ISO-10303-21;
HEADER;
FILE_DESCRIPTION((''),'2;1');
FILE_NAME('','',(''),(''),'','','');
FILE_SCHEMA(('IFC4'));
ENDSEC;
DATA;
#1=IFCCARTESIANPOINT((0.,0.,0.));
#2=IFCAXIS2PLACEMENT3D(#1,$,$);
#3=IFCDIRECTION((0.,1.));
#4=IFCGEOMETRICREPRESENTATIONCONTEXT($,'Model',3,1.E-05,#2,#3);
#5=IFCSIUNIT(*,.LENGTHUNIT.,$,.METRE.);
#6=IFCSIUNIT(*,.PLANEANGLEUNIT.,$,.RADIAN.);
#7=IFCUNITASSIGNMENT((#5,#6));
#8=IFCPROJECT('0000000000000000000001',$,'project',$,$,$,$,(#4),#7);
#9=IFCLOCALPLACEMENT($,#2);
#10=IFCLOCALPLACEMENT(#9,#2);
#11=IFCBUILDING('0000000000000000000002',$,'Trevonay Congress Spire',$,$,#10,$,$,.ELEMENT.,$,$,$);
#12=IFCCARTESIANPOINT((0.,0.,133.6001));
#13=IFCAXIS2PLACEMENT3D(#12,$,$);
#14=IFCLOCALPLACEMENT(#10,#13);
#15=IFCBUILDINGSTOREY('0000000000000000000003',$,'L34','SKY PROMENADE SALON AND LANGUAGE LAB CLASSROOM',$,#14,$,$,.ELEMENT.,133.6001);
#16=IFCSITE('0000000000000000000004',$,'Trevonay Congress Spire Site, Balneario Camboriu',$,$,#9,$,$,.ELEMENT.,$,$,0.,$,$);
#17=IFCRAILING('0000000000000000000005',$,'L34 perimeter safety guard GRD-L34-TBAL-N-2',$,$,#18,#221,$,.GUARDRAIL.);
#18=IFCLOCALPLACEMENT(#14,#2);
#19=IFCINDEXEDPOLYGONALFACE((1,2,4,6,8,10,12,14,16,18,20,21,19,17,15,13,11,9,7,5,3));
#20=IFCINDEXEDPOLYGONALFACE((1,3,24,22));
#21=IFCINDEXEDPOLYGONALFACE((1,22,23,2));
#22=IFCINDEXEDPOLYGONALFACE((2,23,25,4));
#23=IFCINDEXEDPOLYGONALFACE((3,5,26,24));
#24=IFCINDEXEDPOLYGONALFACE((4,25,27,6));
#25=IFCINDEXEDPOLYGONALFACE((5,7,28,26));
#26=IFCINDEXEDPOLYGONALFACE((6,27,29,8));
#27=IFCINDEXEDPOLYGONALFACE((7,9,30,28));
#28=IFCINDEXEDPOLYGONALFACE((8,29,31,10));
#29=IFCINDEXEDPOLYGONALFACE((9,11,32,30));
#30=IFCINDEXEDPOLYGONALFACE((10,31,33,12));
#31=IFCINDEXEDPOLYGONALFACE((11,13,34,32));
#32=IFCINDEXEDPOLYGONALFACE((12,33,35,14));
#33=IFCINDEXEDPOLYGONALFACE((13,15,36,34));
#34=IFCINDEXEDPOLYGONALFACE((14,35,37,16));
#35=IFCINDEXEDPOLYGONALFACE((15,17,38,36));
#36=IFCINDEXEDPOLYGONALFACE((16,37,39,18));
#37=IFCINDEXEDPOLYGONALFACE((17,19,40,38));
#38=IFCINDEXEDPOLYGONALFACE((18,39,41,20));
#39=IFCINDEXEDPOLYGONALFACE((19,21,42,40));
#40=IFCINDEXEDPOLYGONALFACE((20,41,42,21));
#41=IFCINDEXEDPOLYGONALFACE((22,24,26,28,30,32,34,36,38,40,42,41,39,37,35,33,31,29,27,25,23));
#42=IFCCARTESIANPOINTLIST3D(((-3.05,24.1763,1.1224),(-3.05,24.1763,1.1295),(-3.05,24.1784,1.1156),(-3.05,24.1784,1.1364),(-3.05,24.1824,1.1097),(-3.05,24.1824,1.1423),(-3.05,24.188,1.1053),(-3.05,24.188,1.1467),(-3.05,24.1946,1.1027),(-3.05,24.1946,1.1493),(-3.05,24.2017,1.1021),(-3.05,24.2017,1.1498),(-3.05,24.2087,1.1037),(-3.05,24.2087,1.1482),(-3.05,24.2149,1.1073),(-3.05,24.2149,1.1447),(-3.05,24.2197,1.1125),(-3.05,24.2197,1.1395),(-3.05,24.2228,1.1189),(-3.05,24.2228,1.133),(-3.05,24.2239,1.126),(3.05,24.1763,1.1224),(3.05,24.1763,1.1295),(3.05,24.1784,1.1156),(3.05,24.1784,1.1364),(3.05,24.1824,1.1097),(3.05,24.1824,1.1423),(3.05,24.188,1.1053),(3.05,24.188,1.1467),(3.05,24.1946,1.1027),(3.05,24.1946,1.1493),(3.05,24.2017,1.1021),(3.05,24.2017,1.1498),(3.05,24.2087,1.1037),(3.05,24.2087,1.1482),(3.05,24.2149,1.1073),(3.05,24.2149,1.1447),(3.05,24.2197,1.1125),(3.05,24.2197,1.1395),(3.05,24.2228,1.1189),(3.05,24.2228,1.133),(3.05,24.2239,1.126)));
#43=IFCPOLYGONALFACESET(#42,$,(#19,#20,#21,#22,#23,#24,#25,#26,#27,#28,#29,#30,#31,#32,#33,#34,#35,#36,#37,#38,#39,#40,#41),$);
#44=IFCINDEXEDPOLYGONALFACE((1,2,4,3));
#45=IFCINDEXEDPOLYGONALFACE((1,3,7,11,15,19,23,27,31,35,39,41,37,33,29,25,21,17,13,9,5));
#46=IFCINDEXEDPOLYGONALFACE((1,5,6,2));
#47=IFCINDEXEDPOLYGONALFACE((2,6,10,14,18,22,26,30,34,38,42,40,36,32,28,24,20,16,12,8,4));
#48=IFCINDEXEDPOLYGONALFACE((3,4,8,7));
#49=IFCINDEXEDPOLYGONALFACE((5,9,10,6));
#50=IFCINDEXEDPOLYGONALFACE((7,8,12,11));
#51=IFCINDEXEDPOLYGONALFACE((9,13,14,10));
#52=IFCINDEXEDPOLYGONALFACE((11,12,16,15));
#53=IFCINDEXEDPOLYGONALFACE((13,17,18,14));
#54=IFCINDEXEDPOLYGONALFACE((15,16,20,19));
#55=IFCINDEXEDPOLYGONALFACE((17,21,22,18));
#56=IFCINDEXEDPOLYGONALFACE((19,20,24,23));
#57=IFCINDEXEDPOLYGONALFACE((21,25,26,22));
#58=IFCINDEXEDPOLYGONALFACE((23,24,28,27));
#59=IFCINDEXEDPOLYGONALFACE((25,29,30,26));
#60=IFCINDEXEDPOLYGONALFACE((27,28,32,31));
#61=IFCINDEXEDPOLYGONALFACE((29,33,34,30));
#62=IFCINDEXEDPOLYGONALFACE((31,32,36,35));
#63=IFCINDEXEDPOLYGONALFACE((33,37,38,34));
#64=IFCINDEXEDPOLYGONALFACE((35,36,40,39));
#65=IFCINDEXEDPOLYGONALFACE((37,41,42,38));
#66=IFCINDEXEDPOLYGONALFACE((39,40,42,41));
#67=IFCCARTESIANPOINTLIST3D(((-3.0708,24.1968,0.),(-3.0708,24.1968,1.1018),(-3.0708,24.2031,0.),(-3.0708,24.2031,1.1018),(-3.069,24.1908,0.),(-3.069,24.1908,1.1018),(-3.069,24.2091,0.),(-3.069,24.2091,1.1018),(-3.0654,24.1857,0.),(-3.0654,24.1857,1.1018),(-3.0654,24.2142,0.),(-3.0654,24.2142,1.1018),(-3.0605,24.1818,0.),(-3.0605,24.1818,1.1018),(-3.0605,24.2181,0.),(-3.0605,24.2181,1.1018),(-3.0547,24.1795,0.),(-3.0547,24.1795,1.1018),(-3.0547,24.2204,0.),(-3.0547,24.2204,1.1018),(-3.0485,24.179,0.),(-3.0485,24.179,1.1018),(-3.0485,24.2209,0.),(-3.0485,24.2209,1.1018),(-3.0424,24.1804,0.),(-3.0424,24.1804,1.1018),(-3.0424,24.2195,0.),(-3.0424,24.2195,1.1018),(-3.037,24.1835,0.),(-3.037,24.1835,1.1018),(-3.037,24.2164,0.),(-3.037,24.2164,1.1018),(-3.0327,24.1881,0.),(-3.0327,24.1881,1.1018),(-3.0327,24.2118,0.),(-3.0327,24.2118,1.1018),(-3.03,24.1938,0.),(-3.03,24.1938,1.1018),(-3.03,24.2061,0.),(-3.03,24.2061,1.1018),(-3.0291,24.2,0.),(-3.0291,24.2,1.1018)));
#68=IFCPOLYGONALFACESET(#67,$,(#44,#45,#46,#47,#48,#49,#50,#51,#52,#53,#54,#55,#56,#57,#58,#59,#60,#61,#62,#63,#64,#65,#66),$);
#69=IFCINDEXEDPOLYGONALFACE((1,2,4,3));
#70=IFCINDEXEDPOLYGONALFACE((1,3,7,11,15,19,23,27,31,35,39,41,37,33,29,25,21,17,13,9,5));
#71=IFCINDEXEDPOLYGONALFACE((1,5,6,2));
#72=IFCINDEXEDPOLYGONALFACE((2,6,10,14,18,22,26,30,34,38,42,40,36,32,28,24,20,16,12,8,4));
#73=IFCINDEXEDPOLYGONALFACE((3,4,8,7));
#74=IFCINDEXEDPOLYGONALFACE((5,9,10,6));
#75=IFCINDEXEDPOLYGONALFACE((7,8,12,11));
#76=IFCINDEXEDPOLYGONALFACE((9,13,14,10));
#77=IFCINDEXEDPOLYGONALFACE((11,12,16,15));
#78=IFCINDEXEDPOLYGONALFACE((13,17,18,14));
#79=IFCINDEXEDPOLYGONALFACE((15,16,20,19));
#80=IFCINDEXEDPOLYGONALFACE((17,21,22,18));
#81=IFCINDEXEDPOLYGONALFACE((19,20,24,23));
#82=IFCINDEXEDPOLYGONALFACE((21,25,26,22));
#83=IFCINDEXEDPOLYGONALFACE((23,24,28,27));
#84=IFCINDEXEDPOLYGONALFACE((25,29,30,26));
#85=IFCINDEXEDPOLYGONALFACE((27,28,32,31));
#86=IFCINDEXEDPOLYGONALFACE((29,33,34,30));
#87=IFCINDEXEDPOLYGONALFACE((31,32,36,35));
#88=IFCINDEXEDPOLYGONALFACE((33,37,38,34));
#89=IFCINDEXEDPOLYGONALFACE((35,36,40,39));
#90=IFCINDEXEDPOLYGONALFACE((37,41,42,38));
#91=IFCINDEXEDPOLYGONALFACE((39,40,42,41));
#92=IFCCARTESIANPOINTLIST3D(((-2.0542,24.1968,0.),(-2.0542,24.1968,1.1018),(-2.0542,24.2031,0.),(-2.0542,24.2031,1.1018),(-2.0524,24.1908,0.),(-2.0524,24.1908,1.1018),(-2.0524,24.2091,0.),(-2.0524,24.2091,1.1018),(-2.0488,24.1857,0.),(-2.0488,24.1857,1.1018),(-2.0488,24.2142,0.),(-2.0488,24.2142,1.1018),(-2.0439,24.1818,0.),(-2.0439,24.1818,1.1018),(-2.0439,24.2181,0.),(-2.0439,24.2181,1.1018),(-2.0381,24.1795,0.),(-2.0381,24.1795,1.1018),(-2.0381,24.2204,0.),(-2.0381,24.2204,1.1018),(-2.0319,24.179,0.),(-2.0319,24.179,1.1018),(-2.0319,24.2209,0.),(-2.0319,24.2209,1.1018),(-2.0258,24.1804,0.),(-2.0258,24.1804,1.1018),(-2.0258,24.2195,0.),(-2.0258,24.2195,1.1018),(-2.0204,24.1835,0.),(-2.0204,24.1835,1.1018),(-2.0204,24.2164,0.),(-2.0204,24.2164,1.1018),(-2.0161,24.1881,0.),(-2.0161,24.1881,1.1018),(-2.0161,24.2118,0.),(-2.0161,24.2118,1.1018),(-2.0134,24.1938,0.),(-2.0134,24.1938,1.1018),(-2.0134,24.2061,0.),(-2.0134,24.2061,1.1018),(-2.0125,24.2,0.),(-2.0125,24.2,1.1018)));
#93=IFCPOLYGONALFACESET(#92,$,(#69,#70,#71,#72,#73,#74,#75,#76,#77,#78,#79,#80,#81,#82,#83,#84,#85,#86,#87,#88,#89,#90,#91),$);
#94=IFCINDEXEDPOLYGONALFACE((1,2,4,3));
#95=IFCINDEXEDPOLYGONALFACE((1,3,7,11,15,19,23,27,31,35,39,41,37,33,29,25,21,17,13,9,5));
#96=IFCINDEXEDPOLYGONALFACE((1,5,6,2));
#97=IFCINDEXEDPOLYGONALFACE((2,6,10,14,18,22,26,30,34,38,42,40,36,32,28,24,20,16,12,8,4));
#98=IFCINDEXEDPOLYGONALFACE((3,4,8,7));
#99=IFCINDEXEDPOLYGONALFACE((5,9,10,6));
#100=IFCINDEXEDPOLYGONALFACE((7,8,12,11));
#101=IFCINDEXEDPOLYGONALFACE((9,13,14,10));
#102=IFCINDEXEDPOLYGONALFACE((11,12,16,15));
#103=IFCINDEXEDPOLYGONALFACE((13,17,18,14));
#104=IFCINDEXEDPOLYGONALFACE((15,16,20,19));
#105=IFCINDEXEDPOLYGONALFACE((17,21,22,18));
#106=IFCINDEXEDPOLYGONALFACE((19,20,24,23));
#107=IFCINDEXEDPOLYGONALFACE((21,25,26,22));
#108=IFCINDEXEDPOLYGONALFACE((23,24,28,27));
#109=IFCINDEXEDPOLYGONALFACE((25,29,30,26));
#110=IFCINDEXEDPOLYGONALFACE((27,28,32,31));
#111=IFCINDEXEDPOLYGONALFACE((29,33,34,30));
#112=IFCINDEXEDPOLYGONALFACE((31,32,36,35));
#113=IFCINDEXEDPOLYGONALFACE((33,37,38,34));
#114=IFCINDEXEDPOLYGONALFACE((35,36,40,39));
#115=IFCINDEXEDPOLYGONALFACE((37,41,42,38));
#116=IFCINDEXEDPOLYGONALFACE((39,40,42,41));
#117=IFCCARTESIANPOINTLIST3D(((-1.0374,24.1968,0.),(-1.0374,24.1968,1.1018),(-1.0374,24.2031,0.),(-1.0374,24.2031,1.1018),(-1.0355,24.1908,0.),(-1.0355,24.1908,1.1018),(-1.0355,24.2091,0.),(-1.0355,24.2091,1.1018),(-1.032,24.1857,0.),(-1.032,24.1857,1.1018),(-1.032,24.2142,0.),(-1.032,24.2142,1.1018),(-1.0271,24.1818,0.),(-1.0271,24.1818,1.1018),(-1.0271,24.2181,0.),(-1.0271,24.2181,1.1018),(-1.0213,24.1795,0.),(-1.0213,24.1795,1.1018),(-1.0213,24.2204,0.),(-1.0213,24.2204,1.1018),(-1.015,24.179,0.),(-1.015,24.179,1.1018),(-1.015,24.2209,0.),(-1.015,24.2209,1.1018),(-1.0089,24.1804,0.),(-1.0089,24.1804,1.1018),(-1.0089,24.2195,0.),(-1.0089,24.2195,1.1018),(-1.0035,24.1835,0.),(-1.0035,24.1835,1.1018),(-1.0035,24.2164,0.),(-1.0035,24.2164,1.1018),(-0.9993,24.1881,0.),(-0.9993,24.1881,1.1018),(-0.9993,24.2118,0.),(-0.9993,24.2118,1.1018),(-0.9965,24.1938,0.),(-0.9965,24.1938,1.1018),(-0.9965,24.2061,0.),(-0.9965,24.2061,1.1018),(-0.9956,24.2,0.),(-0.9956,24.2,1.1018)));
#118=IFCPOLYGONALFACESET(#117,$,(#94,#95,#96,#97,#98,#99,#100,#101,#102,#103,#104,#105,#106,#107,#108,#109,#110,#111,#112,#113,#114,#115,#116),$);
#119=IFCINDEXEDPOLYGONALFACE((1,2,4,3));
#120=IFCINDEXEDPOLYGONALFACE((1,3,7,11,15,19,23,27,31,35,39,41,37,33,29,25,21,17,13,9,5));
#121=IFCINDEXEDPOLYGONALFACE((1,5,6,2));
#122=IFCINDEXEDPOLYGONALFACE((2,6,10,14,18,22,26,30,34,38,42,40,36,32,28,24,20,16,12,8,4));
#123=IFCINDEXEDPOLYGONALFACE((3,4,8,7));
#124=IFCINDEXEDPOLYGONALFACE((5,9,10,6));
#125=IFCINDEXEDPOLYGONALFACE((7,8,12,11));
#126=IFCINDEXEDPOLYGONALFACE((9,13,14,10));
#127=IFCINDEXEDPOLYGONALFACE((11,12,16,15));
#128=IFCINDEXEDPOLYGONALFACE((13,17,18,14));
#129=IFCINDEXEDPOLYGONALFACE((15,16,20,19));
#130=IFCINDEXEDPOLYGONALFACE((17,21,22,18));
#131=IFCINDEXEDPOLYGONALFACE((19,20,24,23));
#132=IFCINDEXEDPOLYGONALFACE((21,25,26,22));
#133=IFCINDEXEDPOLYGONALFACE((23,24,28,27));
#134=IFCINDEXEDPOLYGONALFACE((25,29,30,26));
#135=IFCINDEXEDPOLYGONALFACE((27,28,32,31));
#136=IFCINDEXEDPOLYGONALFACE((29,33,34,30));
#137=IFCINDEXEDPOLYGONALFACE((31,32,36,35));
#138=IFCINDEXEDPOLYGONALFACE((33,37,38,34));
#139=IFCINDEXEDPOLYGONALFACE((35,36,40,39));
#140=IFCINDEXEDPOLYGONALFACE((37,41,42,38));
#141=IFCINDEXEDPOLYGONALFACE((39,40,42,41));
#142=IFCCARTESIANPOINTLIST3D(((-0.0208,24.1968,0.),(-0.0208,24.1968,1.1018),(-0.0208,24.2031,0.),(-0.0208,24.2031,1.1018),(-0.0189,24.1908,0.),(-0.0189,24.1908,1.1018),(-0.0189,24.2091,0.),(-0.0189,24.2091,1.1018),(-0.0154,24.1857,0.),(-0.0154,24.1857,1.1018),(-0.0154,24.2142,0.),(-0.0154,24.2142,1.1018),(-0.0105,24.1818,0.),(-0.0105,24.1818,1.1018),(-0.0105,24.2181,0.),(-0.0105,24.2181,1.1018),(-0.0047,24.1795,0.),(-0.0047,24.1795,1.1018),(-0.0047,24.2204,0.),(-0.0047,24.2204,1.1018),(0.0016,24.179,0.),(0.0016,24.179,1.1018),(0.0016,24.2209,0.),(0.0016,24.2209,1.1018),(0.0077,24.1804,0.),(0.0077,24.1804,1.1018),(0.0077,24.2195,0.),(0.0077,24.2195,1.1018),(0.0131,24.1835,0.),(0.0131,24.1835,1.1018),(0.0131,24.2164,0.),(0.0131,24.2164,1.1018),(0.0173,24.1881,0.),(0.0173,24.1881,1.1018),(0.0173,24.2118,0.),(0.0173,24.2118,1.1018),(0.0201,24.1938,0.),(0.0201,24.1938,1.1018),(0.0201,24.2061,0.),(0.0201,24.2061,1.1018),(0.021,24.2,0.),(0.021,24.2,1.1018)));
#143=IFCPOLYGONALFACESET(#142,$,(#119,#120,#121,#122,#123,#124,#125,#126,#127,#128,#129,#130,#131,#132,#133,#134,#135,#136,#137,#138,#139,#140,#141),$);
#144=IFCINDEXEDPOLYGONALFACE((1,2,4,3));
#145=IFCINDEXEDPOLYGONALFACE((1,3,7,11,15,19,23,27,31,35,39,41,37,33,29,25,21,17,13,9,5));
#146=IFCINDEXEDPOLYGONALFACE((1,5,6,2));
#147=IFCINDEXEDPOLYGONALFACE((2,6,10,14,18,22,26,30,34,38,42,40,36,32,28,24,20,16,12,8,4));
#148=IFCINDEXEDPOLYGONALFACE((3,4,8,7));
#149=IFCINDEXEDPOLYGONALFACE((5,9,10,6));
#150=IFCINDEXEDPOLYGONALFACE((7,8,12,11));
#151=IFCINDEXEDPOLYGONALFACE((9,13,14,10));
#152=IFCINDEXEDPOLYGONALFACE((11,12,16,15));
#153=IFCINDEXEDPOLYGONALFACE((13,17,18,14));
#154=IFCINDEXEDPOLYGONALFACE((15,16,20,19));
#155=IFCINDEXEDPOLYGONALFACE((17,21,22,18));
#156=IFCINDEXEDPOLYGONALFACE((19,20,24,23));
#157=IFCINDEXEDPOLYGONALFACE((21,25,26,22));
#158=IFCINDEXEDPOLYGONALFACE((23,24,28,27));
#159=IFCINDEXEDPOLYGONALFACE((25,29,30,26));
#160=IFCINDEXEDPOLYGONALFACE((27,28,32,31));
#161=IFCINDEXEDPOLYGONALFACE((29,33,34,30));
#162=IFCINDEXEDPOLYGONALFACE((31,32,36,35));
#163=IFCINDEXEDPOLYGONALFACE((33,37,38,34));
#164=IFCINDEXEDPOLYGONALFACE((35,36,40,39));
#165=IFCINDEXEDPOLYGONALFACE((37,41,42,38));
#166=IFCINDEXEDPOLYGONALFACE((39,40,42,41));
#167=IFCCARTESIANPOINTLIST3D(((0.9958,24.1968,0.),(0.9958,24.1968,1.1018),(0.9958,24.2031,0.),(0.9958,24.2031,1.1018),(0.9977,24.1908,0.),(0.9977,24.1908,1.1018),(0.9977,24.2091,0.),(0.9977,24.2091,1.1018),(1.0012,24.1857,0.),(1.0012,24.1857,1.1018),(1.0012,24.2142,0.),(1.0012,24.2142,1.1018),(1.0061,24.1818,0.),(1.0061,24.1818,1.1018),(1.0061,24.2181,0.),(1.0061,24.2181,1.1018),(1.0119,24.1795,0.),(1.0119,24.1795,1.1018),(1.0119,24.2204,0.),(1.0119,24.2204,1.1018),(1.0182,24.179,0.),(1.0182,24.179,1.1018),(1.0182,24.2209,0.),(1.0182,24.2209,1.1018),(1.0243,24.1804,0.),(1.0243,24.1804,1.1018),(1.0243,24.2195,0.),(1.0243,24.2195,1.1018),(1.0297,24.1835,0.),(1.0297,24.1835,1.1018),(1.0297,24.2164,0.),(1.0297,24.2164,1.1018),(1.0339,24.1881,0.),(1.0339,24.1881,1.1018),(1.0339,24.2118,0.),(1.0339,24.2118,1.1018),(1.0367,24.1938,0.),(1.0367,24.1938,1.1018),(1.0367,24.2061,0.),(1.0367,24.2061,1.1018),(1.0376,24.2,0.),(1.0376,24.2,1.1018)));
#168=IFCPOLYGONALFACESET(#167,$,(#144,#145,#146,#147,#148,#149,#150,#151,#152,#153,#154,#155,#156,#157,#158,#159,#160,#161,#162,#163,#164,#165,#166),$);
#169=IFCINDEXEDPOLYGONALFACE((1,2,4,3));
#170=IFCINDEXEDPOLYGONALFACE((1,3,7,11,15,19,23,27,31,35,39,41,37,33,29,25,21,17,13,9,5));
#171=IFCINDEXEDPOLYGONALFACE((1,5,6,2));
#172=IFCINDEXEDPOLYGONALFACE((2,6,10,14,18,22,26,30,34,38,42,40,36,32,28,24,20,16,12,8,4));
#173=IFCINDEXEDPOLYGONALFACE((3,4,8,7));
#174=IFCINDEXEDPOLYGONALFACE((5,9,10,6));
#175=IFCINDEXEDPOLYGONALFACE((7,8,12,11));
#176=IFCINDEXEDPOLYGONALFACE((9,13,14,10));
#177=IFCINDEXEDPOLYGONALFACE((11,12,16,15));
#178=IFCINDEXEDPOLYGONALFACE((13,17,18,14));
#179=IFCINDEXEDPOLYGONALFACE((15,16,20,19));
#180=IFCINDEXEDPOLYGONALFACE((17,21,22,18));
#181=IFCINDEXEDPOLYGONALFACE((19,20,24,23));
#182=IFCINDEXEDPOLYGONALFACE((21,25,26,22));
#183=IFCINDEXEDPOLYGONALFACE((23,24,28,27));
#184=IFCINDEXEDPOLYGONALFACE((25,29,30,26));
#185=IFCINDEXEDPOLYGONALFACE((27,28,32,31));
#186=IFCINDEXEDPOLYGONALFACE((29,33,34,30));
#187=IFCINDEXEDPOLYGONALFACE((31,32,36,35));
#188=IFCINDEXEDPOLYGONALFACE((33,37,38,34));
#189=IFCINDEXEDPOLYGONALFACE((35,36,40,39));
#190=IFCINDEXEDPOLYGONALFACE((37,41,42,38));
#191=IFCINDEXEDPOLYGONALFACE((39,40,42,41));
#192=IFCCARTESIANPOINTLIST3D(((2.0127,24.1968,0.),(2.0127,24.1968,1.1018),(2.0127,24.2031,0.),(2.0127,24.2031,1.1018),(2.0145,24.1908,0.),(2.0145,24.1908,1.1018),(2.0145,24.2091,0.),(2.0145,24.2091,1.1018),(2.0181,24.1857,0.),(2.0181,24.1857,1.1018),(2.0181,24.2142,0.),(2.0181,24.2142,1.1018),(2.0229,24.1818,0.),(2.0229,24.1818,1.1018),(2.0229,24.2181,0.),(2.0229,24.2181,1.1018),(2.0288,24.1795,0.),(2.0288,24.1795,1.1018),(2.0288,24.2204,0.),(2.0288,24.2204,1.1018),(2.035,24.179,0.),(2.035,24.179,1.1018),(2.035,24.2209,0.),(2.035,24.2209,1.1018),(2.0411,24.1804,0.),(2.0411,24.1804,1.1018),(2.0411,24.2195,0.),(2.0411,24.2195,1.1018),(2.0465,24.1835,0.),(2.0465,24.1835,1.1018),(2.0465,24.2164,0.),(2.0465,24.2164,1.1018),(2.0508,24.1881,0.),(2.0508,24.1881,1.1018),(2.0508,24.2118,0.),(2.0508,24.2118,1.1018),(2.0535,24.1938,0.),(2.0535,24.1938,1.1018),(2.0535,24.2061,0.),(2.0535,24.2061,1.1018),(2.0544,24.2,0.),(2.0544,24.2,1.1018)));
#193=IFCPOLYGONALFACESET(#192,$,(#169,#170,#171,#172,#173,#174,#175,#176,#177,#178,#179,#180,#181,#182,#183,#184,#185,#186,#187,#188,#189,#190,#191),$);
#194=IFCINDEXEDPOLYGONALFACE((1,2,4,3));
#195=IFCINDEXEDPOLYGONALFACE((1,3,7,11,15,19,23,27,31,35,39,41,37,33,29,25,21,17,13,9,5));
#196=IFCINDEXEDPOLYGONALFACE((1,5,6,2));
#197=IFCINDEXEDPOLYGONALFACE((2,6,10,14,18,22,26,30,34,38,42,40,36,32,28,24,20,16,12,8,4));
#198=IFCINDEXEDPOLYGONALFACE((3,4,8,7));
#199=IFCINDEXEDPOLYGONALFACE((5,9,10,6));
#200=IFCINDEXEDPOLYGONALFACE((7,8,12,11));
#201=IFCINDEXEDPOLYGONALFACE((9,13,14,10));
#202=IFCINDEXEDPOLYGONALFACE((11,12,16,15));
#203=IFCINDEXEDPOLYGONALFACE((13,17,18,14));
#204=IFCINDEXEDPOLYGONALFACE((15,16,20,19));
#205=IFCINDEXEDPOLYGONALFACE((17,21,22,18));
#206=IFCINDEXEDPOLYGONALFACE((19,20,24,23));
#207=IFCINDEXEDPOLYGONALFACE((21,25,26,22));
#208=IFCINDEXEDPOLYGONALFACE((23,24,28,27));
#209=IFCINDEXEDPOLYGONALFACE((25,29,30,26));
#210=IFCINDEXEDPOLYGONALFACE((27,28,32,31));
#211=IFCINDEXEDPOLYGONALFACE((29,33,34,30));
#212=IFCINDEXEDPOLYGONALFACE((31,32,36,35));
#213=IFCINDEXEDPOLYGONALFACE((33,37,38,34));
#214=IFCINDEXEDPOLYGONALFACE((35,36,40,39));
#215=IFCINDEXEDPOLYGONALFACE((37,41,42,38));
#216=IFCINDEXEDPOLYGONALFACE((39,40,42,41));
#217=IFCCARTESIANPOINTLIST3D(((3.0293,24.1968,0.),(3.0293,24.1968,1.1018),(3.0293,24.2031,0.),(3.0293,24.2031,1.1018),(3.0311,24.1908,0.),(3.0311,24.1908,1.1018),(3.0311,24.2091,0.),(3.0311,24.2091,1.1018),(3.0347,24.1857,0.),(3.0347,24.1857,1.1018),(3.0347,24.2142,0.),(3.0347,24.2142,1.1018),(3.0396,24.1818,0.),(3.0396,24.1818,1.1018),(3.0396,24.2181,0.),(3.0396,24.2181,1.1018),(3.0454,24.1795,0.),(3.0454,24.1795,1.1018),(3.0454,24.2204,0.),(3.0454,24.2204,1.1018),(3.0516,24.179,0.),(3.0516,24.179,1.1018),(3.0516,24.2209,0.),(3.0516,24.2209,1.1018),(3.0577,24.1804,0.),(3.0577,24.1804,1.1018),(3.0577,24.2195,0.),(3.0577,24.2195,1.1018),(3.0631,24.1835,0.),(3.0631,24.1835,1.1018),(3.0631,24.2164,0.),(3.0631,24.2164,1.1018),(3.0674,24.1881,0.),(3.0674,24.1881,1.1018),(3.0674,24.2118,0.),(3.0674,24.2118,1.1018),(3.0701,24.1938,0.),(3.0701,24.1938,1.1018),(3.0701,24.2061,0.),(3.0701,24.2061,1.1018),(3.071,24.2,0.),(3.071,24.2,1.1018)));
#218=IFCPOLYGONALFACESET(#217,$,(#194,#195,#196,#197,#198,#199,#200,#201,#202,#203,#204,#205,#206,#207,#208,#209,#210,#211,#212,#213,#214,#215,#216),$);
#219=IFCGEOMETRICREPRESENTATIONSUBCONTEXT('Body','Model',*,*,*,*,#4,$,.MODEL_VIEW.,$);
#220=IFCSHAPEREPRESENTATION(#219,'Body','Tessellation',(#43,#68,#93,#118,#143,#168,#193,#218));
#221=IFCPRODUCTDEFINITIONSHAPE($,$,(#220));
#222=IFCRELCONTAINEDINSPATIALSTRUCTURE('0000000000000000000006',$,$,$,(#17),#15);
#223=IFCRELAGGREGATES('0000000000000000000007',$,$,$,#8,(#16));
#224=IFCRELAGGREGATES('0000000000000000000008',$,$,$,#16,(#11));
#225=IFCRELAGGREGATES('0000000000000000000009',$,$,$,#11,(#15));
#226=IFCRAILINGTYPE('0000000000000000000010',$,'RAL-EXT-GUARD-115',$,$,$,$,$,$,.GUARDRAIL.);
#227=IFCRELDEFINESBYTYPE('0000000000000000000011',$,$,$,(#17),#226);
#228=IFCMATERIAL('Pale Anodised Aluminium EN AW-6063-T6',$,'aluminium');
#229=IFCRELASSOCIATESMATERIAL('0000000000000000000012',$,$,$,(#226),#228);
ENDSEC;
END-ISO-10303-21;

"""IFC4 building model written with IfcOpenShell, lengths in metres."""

from ifc_helpers import new_model, si_unit, direction, frame, origin, origin_2d, place, context, subcontext, project, spatial, circle, extrude, material, type_object, element, save


model = new_model("IFC4")

# Units and contexts
model_context = context("Model", 3, precision=1e-05, world=origin(), true_north=direction((0.0, 1.0)))
body_context = subcontext(model_context, "Body", "Model", "MODEL_VIEW")
ifc_project = project(units=[si_unit("LENGTHUNIT", "METRE"), si_unit("PLANEANGLEUNIT", "RADIAN")], contexts=[model_context])

# Site, building, storey
site_placement = place(None, origin())
site = spatial("IfcSite", under=ifc_project, at=site_placement, Name="Trevonay Congress Spire Site, Balneario Camboriu", CompositionType="ELEMENT", RefElevation=0.0)
building_placement = place(site_placement, origin())
building = spatial("IfcBuilding", under=site, at=building_placement, Name="Trevonay Congress Spire", CompositionType="ELEMENT")
storey_placement = place(building_placement, frame((0.0, 0.0, 133.6001)))
storey = spatial("IfcBuildingStorey", under=building, at=storey_placement, Name="L34", Description="SKY PROMENADE SALON AND LANGUAGE LAB CLASSROOM", CompositionType="ELEMENT", Elevation=133.6001)

# Shared definitions
ifc_material_1 = material(Name="Pale Anodised Aluminium EN AW-6063-T6", Category="aluminium")

# Railing
railing_type = type_object("IfcRailingType", Name="RAL-EXT-GUARD-115", PredefinedType="GUARDRAIL", material=ifc_material_1)
railing_1_placement = place(storey_placement, frame((-3.05, 24.2, 0.0)))
element("IfcRailing", 1, at=railing_1_placement, inside=storey, type_object=railing_type, Name="L34 perimeter safety guard GRD-L34-TBAL-N-2", PredefinedType="GUARDRAIL", context=body_context, shape_type="SweptSolid", body=[
    extrude(circle(Radius=0.0239, at=origin_2d()), frame((0.0, 0.0, 1.126), z_axis=(1.0, 0.0, 0.0), x_axis=(0.0, 1.0, 0.0)), (0.0, 0.0, 1.0), 6.1001),
    extrude(circle(Radius=0.021, at=origin_2d()), origin(), (0.0, 0.0, 1.0), 1.1018),
    extrude(circle(Radius=0.021, at=origin_2d()), frame((1.0166, 0.0, 0.0)), (0.0, 0.0, 1.0), 1.1018),
    extrude(circle(Radius=0.021, at=origin_2d()), frame((2.0334, 0.0, 0.0)), (0.0, 0.0, 1.0), 1.1018),
    extrude(circle(Radius=0.021, at=origin_2d()), frame((3.05, 0.0, 0.0)), (0.0, 0.0, 1.0), 1.1018),
    extrude(circle(Radius=0.021, at=origin_2d()), frame((4.0667, 0.0, 0.0)), (0.0, 0.0, 1.0), 1.1018),
    extrude(circle(Radius=0.021, at=origin_2d()), frame((5.0835, 0.0, 0.0)), (0.0, 0.0, 1.0), 1.1018),
    extrude(circle(Radius=0.021, at=origin_2d()), frame((6.1001, 0.0, 0.0)), (0.0, 0.0, 1.0), 1.1018),
])

save(model, "model.ifc")
